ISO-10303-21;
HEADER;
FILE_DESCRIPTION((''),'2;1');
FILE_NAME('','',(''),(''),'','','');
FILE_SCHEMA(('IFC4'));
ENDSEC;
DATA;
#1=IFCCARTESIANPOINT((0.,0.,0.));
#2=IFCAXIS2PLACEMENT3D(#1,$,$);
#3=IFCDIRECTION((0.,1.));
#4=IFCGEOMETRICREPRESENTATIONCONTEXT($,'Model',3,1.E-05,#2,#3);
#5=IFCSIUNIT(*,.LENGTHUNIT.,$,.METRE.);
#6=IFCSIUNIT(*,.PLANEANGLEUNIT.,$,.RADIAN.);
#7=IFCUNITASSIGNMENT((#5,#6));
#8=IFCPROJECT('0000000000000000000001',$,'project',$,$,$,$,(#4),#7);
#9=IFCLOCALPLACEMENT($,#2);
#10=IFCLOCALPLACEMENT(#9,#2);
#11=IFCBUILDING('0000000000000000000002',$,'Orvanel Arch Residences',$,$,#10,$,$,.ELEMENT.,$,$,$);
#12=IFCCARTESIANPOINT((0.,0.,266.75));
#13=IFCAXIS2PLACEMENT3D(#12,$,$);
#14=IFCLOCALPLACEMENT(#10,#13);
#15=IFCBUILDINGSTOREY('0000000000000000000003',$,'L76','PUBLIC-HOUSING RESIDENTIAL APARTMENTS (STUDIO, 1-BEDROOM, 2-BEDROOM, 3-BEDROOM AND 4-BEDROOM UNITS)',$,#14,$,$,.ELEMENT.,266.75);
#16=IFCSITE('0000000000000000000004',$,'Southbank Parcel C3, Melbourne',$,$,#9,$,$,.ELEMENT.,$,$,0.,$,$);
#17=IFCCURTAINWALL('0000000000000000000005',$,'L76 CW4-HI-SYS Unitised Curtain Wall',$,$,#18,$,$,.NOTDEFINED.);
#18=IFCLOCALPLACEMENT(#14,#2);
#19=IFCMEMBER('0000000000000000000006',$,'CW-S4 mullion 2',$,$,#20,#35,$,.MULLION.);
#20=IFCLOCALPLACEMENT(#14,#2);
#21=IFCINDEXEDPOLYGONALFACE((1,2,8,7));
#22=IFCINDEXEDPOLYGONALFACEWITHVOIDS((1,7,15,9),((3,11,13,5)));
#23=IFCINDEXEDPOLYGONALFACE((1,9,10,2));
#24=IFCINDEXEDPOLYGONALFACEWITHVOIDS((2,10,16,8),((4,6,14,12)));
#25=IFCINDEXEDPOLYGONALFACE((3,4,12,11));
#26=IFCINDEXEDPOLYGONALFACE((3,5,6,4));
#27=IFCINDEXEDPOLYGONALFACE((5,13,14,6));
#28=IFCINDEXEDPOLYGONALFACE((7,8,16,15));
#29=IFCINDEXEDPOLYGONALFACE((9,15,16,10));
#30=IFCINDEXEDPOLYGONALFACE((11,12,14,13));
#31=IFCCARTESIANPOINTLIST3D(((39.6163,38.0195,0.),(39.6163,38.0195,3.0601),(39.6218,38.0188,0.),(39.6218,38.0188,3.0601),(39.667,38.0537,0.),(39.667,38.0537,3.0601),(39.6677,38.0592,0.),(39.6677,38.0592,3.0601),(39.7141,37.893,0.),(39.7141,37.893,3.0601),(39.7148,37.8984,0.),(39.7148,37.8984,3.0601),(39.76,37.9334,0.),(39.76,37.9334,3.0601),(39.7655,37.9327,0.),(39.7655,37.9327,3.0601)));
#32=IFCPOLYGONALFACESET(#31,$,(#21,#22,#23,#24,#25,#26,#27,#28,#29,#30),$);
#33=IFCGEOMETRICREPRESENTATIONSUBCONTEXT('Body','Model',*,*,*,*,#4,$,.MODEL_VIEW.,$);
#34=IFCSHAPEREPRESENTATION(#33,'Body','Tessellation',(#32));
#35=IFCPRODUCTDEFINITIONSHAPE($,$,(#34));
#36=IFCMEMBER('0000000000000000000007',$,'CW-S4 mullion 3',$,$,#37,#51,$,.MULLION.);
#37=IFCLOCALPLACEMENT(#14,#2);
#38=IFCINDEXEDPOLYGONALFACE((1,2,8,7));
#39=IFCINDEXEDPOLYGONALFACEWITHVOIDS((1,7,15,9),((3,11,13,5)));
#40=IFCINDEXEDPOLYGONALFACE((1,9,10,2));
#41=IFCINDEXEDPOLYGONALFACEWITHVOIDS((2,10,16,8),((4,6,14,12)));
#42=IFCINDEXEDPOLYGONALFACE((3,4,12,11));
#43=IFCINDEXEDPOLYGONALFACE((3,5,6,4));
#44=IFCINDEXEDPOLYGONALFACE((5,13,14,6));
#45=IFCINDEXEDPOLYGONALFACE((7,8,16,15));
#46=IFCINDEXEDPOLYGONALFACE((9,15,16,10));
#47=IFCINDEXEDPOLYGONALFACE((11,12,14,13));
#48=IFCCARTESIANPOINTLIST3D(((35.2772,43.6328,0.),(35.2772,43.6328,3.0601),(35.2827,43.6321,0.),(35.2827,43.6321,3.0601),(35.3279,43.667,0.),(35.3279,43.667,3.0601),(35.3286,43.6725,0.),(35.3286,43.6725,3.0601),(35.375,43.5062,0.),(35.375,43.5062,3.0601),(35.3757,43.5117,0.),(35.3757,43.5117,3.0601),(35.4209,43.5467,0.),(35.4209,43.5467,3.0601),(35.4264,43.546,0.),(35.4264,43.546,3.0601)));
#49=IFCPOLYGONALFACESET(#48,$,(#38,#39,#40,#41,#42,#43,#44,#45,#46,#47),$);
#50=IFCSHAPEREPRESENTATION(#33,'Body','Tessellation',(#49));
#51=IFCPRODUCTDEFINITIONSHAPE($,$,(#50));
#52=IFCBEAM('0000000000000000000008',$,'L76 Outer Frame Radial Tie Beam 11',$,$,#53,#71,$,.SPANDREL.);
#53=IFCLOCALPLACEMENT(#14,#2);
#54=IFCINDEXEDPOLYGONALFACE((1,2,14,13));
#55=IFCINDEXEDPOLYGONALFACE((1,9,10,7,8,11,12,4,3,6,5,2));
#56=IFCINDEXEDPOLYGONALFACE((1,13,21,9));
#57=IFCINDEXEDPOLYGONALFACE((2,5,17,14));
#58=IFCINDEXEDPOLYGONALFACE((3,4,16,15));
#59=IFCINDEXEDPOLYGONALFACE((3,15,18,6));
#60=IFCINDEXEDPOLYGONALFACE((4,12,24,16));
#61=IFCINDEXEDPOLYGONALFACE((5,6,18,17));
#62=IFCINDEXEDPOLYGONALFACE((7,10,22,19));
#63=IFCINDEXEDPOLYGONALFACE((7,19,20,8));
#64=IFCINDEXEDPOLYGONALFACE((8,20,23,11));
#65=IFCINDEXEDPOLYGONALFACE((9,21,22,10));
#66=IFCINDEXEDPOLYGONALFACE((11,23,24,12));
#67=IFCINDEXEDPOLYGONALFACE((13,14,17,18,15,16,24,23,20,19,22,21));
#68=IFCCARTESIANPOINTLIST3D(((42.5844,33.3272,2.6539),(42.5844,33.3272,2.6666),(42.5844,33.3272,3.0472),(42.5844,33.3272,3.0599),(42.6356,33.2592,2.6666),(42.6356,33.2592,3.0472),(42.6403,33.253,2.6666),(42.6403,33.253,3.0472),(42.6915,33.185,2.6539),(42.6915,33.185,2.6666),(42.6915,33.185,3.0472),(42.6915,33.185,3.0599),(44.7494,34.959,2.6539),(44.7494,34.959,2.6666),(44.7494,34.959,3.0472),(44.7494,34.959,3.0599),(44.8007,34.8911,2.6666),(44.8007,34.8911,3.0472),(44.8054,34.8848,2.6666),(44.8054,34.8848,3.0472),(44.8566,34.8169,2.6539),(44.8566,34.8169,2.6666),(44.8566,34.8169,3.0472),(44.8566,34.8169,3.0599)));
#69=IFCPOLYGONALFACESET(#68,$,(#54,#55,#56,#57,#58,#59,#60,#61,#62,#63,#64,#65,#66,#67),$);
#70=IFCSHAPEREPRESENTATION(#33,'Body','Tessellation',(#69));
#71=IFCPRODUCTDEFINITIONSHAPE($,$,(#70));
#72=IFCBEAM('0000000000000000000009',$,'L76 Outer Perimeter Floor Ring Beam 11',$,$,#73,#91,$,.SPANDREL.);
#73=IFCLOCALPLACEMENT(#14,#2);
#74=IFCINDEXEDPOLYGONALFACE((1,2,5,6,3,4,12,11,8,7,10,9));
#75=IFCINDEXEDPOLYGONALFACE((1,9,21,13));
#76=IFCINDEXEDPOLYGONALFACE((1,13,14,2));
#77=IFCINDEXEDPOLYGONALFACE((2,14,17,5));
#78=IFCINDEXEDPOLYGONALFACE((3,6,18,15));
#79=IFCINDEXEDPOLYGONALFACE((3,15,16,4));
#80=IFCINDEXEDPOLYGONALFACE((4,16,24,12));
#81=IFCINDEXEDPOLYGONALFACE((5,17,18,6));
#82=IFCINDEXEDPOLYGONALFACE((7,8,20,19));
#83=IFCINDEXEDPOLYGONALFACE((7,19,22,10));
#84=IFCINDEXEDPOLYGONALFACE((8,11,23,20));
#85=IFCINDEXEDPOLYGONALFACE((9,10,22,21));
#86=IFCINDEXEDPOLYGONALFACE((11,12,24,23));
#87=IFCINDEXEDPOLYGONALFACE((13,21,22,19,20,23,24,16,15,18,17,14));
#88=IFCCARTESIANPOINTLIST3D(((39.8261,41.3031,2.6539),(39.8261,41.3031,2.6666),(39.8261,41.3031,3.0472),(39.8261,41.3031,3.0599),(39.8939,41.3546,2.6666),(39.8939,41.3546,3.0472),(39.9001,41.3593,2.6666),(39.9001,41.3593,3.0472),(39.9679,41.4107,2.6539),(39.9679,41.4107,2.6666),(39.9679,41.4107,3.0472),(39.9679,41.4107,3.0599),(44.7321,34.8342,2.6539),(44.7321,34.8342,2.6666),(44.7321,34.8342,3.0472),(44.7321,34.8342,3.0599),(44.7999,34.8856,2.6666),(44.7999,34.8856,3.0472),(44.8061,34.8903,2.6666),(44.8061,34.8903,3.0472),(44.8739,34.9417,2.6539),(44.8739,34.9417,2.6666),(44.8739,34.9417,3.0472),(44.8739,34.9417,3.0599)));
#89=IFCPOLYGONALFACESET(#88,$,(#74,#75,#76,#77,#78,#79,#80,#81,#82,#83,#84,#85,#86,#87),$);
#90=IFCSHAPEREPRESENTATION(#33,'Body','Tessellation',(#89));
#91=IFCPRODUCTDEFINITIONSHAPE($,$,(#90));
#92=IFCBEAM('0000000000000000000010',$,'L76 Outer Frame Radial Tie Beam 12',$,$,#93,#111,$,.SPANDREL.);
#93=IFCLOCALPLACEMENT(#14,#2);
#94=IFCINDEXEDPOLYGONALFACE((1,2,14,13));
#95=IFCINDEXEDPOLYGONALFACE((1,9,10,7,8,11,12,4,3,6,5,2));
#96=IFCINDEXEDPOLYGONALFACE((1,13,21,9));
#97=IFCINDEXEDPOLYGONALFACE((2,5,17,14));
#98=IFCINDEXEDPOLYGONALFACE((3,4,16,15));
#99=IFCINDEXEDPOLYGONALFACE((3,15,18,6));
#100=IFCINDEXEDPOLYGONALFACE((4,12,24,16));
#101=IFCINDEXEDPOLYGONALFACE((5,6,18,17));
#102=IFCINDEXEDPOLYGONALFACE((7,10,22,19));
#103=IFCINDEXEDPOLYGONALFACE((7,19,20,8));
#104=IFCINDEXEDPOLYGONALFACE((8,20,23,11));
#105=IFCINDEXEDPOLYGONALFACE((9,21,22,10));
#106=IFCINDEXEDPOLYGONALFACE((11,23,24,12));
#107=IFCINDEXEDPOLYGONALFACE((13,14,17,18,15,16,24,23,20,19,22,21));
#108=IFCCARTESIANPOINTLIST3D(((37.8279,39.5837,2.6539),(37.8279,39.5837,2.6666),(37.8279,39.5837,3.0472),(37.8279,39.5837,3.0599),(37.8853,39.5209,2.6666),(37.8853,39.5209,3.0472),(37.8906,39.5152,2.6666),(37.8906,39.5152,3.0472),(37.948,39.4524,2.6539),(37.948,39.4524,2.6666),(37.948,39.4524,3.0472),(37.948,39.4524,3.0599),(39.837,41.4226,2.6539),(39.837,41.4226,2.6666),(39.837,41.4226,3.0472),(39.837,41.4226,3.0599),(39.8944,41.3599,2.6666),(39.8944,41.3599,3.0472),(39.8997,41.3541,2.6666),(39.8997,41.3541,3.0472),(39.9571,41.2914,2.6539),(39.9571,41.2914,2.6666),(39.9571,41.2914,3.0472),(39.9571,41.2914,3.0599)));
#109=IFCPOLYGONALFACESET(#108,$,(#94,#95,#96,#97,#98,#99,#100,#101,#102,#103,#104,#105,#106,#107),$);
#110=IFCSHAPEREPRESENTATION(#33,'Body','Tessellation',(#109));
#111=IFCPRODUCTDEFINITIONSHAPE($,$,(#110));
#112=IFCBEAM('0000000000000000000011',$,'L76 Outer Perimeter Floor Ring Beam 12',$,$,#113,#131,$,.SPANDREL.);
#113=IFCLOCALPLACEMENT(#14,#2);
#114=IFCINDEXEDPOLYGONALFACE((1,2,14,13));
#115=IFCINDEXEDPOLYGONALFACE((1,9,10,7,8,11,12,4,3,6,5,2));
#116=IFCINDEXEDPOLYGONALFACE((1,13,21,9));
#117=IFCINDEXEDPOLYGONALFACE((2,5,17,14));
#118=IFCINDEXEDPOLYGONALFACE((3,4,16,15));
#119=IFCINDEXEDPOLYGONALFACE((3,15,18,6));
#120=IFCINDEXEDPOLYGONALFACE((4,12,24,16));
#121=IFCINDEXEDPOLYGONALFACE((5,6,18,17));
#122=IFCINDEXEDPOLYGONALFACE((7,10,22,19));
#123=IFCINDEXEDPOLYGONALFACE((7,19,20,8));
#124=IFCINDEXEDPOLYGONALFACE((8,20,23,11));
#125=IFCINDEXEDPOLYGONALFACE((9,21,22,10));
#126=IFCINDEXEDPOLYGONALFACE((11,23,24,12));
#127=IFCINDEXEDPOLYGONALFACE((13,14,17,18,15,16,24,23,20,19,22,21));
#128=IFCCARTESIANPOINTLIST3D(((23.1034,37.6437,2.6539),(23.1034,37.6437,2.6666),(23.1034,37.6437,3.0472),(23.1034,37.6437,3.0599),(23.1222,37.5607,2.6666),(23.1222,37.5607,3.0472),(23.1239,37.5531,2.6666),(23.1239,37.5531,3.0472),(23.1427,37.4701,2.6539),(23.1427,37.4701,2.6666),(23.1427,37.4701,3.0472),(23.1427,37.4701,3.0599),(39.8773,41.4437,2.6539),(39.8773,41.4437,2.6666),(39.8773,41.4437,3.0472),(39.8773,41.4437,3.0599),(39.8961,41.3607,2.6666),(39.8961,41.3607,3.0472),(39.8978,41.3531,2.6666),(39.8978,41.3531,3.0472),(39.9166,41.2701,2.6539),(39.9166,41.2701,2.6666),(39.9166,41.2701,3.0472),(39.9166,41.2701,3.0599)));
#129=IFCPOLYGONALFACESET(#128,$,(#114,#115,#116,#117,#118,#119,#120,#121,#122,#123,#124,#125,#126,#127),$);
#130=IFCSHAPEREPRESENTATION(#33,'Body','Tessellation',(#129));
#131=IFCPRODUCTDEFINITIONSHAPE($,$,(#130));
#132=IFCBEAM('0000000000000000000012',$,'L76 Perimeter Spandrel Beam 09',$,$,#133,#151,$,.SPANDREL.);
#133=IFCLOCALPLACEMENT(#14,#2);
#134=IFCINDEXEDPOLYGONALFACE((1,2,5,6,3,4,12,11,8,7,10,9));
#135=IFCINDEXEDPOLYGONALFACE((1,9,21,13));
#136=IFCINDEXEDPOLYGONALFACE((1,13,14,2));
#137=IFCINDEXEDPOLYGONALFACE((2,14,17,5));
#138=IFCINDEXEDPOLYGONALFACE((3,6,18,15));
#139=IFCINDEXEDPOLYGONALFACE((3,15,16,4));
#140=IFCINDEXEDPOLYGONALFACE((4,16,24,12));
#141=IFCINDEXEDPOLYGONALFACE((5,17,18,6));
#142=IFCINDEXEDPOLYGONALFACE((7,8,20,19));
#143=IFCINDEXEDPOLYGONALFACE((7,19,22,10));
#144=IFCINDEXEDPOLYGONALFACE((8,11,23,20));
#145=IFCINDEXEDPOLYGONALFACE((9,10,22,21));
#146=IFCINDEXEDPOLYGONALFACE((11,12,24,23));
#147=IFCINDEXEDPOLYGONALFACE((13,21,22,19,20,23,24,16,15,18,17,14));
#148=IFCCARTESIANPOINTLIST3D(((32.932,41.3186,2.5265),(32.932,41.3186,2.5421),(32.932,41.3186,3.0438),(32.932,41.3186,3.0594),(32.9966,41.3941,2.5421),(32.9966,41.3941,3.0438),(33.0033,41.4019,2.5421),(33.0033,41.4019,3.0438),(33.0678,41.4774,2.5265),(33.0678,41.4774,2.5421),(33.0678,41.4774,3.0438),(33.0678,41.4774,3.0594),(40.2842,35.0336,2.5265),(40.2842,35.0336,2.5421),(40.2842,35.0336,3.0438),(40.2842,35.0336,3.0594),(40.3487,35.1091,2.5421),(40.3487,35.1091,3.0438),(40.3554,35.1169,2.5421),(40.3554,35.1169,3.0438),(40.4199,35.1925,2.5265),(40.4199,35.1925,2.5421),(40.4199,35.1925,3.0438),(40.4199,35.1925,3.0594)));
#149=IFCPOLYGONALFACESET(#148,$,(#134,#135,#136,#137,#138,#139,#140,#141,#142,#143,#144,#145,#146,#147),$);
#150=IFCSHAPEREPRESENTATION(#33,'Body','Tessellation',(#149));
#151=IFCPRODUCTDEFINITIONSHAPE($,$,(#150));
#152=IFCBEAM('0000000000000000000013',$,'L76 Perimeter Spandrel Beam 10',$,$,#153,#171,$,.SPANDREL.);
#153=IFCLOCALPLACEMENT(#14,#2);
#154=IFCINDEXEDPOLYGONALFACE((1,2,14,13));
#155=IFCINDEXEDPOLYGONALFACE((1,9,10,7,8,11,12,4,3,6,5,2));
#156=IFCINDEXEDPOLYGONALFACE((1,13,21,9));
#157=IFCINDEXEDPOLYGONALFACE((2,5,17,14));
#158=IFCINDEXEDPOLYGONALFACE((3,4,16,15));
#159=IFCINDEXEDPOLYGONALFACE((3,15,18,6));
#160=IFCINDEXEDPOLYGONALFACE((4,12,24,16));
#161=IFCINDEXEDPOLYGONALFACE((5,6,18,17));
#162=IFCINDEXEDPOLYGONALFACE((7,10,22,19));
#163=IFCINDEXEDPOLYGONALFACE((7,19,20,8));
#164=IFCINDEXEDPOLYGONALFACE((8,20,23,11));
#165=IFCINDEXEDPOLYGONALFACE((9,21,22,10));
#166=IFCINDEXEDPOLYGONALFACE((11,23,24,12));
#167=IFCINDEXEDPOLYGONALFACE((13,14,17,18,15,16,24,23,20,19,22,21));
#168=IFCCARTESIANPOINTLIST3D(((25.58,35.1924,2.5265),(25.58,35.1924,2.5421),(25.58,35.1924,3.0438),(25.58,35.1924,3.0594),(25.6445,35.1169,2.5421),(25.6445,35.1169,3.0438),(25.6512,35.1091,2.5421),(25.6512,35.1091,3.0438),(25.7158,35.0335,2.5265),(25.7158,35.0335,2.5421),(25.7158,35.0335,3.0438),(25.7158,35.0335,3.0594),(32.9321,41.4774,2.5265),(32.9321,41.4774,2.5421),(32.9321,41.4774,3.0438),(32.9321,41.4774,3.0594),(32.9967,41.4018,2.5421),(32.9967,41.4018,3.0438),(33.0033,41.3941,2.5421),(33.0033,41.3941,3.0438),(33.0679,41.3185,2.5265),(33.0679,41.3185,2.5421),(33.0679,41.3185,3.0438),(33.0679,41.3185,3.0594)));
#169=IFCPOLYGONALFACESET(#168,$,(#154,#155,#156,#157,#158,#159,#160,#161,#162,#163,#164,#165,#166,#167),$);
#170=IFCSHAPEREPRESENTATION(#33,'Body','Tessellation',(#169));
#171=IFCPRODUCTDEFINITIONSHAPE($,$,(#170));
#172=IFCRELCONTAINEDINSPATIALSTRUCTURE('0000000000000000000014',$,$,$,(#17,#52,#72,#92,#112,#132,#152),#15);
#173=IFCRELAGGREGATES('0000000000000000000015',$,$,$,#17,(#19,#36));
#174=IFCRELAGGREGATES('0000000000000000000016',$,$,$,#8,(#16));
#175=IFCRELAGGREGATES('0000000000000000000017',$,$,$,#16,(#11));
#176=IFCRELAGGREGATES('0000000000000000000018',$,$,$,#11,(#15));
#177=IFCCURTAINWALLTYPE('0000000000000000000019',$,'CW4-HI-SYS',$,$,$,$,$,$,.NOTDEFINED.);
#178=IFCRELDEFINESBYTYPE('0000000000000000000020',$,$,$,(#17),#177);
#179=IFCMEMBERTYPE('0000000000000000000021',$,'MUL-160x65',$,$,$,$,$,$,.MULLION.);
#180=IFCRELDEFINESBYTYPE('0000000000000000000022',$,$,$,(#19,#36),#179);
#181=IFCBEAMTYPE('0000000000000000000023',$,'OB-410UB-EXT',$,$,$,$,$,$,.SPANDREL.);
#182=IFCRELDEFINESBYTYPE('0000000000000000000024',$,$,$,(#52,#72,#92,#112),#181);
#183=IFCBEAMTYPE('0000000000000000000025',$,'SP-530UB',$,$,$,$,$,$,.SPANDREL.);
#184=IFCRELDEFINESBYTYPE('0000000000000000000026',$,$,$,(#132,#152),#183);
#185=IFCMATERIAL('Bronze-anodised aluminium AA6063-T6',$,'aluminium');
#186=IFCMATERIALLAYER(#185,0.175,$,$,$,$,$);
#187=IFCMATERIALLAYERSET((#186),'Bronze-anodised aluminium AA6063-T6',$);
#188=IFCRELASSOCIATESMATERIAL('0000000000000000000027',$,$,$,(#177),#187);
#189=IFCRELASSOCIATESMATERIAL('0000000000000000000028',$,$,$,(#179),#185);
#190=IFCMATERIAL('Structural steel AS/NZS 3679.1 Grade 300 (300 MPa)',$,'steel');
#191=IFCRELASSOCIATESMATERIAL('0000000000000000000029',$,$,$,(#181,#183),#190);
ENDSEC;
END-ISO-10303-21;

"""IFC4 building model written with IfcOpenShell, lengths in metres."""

from ifc_helpers import new_model, si_unit, direction, frame, origin, origin_2d, place, context, subcontext, project, spatial, hollow_rectangle, i_section, extrude, material, layer, layer_set, material_profile, profile_set, type_object, element, aggregate, save


model = new_model("IFC4")

# Units and contexts
model_context = context("Model", 3, precision=1e-05, world=origin(), true_north=direction((0.0, 1.0)))
body_context = subcontext(model_context, "Body", "Model", "MODEL_VIEW")
ifc_project = project(units=[si_unit("LENGTHUNIT", "METRE"), si_unit("PLANEANGLEUNIT", "RADIAN")], contexts=[model_context])

# Site, building, storey
site_placement = place(None, origin())
site = spatial("IfcSite", under=ifc_project, at=site_placement, Name="Southbank Parcel C3, Melbourne", CompositionType="ELEMENT", RefElevation=0.0)
building_placement = place(site_placement, origin())
building = spatial("IfcBuilding", under=site, at=building_placement, Name="Orvanel Arch Residences", CompositionType="ELEMENT")
storey_placement = place(building_placement, frame((0.0, 0.0, 266.75)))
storey = spatial("IfcBuildingStorey", under=building, at=storey_placement, Name="L76", Description="PUBLIC-HOUSING RESIDENTIAL APARTMENTS (STUDIO, 1-BEDROOM, 2-BEDROOM, 3-BEDROOM AND 4-BEDROOM UNITS)", CompositionType="ELEMENT", Elevation=266.75)

# Shared definitions
ifc_material_1 = material(Name="Structural steel AS/NZS 3679.1 Grade 300 (300 MPa)", Category="steel")

# Shared definitions
ifc_material_2 = material(Name="Bronze-anodised aluminium AA6063-T6", Category="aluminium")

# Curtain wall, members
ifc_layer_1 = layer(ifc_material_2, 0.175)
ifc_layer_set_1 = layer_set([ifc_layer_1], Name="Bronze-anodised aluminium AA6063-T6")
curtain_wall_type_1 = type_object("IfcCurtainWallType", Name="CW4-HI-SYS", PredefinedType="NOTDEFINED", material=ifc_layer_set_1)
curtain_wall_1_placement = place(storey_placement, origin())
curtain_wall_1 = element("IfcCurtainWall", 1, at=curtain_wall_1_placement, inside=storey, type_object=curtain_wall_type_1, Name="L76 CW4-HI-SYS Unitised Curtain Wall", PredefinedType="NOTDEFINED")
ifc_material_profile_1 = material_profile(ifc_material_2, hollow_rectangle(XDim=0.0649, YDim=0.1599, WallThickness=0.0039, at=origin_2d()), Name="ALU160x65x4")
ifc_profile_set_1 = profile_set([ifc_material_profile_1], Name="Bronze-anodised aluminium AA6063-T6")
member_type_1 = type_object("IfcMemberType", Name="MUL-160x65", PredefinedType="MULLION", material=ifc_profile_set_1)
member_1_placement = place(storey_placement, frame((39.6909, 37.9761, 0.0), z_axis=(0.0, 0.0, 1.0), x_axis=(-0.791177, -0.611587, 0.0)))
member_1 = element("IfcMember", 2, at=member_1_placement, type_object=member_type_1, Name="CW-S4 mullion 2", PredefinedType="MULLION", context=body_context, shape_type="SweptSolid", body=[
    extrude(hollow_rectangle(XDim=0.0649, YDim=0.1599, WallThickness=0.0039, at=origin_2d()), origin(), (0.0, 0.0, 1.0), 3.0601),
])
member_2_placement = place(storey_placement, frame((35.3518, 43.5894, 0.0), z_axis=(0.0, 0.0, 1.0), x_axis=(-0.791177, -0.611587, 0.0)))
member_2 = element("IfcMember", 3, at=member_2_placement, type_object=member_type_1, Name="CW-S4 mullion 3", PredefinedType="MULLION", context=body_context, shape_type="SweptSolid", body=[
    extrude(hollow_rectangle(XDim=0.0649, YDim=0.1599, WallThickness=0.0039, at=origin_2d()), origin(), (0.0, 0.0, 1.0), 3.0601),
])

# Beams
ifc_material_profile_2 = material_profile(ifc_material_1, i_section(OverallWidth=0.178, OverallDepth=0.406, WebThickness=0.0078, FlangeThickness=0.0127, at=origin_2d()), Name="410UB59.7")
ifc_profile_set_2 = profile_set([ifc_material_profile_2], Name="Structural steel AS/NZS 3679.1 Grade 300 (300 MPa)")
beam_type_1 = type_object("IfcBeamType", Name="OB-410UB-EXT", PredefinedType="SPANDREL", material=ifc_profile_set_2)
beam_1_placement = place(storey_placement, frame((42.6379, 33.2561, 2.8569), z_axis=(0.798571, 0.6019, 0.0), x_axis=(-0.6019, 0.798571, 0.0)))
element("IfcBeam", 4, at=beam_1_placement, inside=storey, type_object=beam_type_1, Name="L76 Outer Frame Radial Tie Beam 11", PredefinedType="SPANDREL", context=body_context, shape_type="SweptSolid", body=[
    extrude(i_section(OverallWidth=0.178, OverallDepth=0.406, WebThickness=0.0078, FlangeThickness=0.0127, at=origin_2d()), origin(), (0.0, 0.0, 1.0), 2.7112),
])
beam_2_placement = place(storey_placement, frame((44.803, 34.8879, 2.8569), z_axis=(-0.604269, 0.796781, 0.0), x_axis=(-0.796781, -0.604269, 0.0)))
element("IfcBeam", 5, at=beam_2_placement, inside=storey, type_object=beam_type_1, Name="L76 Outer Perimeter Floor Ring Beam 11", PredefinedType="SPANDREL", context=body_context, shape_type="SweptSolid", body=[
    extrude(i_section(OverallWidth=0.178, OverallDepth=0.406, WebThickness=0.0078, FlangeThickness=0.0127, at=origin_2d()), origin(), (0.0, 0.0, 1.0), 8.1189),
])
beam_3_placement = place(storey_placement, frame((37.8879, 39.5181, 2.8569), z_axis=(0.737656, 0.675176, 0.0), x_axis=(-0.675176, 0.737656, 0.0)))
element("IfcBeam", 6, at=beam_3_placement, inside=storey, type_object=beam_type_1, Name="L76 Outer Frame Radial Tie Beam 12", PredefinedType="SPANDREL", context=body_context, shape_type="SweptSolid", body=[
    extrude(i_section(OverallWidth=0.178, OverallDepth=0.406, WebThickness=0.0078, FlangeThickness=0.0127, at=origin_2d()), origin(), (0.0, 0.0, 1.0), 2.7236),
])
beam_4_placement = place(storey_placement, frame((39.897, 41.3569, 2.8569), z_axis=(-0.975286, -0.220946, 0.0), x_axis=(0.220946, -0.975286, 0.0)))
element("IfcBeam", 7, at=beam_4_placement, inside=storey, type_object=beam_type_1, Name="L76 Outer Perimeter Floor Ring Beam 12", PredefinedType="SPANDREL", context=body_context, shape_type="SweptSolid", body=[
    extrude(i_section(OverallWidth=0.178, OverallDepth=0.406, WebThickness=0.0078, FlangeThickness=0.0127, at=origin_2d()), origin(), (0.0, 0.0, 1.0), 17.199),
])
ifc_material_profile_3 = material_profile(ifc_material_1, i_section(OverallWidth=0.209, OverallDepth=0.533, WebThickness=0.0103, FlangeThickness=0.0156, at=origin_2d()), Name="530UB92.4")
ifc_profile_set_3 = profile_set([ifc_material_profile_3], Name="Structural steel AS/NZS 3679.1 Grade 300 (300 MPa)")
beam_type_2 = type_object("IfcBeamType", Name="SP-530UB", PredefinedType="SPANDREL", material=ifc_profile_set_3)
for number, where, z_axis, x_axis, name in (
    (8, (40.3521, 35.113, 2.793), (-0.760117, 0.649787, 0.0), (-0.649787, -0.760117, 0.0), "L76 Perimeter Spandrel Beam 09"),
    (9, (33.0, 41.3979, 2.793), (-0.760117, -0.649787, 0.0), (0.649787, -0.760117, 0.0), "L76 Perimeter Spandrel Beam 10"),
):
    element("IfcBeam", number, at=place(storey_placement, frame(where, z_axis=z_axis, x_axis=x_axis)), inside=storey, type_object=beam_type_2, Name=name, PredefinedType="SPANDREL", context=body_context, shape_type="SweptSolid", body=[
        extrude(i_section(OverallWidth=0.209, OverallDepth=0.533, WebThickness=0.0103, FlangeThickness=0.0156, at=origin_2d()), origin(), (0.0, 0.0, 1.0), 9.6724),
    ])

aggregate(curtain_wall_1, [member_1, member_2])

save(model, "model.ifc")
